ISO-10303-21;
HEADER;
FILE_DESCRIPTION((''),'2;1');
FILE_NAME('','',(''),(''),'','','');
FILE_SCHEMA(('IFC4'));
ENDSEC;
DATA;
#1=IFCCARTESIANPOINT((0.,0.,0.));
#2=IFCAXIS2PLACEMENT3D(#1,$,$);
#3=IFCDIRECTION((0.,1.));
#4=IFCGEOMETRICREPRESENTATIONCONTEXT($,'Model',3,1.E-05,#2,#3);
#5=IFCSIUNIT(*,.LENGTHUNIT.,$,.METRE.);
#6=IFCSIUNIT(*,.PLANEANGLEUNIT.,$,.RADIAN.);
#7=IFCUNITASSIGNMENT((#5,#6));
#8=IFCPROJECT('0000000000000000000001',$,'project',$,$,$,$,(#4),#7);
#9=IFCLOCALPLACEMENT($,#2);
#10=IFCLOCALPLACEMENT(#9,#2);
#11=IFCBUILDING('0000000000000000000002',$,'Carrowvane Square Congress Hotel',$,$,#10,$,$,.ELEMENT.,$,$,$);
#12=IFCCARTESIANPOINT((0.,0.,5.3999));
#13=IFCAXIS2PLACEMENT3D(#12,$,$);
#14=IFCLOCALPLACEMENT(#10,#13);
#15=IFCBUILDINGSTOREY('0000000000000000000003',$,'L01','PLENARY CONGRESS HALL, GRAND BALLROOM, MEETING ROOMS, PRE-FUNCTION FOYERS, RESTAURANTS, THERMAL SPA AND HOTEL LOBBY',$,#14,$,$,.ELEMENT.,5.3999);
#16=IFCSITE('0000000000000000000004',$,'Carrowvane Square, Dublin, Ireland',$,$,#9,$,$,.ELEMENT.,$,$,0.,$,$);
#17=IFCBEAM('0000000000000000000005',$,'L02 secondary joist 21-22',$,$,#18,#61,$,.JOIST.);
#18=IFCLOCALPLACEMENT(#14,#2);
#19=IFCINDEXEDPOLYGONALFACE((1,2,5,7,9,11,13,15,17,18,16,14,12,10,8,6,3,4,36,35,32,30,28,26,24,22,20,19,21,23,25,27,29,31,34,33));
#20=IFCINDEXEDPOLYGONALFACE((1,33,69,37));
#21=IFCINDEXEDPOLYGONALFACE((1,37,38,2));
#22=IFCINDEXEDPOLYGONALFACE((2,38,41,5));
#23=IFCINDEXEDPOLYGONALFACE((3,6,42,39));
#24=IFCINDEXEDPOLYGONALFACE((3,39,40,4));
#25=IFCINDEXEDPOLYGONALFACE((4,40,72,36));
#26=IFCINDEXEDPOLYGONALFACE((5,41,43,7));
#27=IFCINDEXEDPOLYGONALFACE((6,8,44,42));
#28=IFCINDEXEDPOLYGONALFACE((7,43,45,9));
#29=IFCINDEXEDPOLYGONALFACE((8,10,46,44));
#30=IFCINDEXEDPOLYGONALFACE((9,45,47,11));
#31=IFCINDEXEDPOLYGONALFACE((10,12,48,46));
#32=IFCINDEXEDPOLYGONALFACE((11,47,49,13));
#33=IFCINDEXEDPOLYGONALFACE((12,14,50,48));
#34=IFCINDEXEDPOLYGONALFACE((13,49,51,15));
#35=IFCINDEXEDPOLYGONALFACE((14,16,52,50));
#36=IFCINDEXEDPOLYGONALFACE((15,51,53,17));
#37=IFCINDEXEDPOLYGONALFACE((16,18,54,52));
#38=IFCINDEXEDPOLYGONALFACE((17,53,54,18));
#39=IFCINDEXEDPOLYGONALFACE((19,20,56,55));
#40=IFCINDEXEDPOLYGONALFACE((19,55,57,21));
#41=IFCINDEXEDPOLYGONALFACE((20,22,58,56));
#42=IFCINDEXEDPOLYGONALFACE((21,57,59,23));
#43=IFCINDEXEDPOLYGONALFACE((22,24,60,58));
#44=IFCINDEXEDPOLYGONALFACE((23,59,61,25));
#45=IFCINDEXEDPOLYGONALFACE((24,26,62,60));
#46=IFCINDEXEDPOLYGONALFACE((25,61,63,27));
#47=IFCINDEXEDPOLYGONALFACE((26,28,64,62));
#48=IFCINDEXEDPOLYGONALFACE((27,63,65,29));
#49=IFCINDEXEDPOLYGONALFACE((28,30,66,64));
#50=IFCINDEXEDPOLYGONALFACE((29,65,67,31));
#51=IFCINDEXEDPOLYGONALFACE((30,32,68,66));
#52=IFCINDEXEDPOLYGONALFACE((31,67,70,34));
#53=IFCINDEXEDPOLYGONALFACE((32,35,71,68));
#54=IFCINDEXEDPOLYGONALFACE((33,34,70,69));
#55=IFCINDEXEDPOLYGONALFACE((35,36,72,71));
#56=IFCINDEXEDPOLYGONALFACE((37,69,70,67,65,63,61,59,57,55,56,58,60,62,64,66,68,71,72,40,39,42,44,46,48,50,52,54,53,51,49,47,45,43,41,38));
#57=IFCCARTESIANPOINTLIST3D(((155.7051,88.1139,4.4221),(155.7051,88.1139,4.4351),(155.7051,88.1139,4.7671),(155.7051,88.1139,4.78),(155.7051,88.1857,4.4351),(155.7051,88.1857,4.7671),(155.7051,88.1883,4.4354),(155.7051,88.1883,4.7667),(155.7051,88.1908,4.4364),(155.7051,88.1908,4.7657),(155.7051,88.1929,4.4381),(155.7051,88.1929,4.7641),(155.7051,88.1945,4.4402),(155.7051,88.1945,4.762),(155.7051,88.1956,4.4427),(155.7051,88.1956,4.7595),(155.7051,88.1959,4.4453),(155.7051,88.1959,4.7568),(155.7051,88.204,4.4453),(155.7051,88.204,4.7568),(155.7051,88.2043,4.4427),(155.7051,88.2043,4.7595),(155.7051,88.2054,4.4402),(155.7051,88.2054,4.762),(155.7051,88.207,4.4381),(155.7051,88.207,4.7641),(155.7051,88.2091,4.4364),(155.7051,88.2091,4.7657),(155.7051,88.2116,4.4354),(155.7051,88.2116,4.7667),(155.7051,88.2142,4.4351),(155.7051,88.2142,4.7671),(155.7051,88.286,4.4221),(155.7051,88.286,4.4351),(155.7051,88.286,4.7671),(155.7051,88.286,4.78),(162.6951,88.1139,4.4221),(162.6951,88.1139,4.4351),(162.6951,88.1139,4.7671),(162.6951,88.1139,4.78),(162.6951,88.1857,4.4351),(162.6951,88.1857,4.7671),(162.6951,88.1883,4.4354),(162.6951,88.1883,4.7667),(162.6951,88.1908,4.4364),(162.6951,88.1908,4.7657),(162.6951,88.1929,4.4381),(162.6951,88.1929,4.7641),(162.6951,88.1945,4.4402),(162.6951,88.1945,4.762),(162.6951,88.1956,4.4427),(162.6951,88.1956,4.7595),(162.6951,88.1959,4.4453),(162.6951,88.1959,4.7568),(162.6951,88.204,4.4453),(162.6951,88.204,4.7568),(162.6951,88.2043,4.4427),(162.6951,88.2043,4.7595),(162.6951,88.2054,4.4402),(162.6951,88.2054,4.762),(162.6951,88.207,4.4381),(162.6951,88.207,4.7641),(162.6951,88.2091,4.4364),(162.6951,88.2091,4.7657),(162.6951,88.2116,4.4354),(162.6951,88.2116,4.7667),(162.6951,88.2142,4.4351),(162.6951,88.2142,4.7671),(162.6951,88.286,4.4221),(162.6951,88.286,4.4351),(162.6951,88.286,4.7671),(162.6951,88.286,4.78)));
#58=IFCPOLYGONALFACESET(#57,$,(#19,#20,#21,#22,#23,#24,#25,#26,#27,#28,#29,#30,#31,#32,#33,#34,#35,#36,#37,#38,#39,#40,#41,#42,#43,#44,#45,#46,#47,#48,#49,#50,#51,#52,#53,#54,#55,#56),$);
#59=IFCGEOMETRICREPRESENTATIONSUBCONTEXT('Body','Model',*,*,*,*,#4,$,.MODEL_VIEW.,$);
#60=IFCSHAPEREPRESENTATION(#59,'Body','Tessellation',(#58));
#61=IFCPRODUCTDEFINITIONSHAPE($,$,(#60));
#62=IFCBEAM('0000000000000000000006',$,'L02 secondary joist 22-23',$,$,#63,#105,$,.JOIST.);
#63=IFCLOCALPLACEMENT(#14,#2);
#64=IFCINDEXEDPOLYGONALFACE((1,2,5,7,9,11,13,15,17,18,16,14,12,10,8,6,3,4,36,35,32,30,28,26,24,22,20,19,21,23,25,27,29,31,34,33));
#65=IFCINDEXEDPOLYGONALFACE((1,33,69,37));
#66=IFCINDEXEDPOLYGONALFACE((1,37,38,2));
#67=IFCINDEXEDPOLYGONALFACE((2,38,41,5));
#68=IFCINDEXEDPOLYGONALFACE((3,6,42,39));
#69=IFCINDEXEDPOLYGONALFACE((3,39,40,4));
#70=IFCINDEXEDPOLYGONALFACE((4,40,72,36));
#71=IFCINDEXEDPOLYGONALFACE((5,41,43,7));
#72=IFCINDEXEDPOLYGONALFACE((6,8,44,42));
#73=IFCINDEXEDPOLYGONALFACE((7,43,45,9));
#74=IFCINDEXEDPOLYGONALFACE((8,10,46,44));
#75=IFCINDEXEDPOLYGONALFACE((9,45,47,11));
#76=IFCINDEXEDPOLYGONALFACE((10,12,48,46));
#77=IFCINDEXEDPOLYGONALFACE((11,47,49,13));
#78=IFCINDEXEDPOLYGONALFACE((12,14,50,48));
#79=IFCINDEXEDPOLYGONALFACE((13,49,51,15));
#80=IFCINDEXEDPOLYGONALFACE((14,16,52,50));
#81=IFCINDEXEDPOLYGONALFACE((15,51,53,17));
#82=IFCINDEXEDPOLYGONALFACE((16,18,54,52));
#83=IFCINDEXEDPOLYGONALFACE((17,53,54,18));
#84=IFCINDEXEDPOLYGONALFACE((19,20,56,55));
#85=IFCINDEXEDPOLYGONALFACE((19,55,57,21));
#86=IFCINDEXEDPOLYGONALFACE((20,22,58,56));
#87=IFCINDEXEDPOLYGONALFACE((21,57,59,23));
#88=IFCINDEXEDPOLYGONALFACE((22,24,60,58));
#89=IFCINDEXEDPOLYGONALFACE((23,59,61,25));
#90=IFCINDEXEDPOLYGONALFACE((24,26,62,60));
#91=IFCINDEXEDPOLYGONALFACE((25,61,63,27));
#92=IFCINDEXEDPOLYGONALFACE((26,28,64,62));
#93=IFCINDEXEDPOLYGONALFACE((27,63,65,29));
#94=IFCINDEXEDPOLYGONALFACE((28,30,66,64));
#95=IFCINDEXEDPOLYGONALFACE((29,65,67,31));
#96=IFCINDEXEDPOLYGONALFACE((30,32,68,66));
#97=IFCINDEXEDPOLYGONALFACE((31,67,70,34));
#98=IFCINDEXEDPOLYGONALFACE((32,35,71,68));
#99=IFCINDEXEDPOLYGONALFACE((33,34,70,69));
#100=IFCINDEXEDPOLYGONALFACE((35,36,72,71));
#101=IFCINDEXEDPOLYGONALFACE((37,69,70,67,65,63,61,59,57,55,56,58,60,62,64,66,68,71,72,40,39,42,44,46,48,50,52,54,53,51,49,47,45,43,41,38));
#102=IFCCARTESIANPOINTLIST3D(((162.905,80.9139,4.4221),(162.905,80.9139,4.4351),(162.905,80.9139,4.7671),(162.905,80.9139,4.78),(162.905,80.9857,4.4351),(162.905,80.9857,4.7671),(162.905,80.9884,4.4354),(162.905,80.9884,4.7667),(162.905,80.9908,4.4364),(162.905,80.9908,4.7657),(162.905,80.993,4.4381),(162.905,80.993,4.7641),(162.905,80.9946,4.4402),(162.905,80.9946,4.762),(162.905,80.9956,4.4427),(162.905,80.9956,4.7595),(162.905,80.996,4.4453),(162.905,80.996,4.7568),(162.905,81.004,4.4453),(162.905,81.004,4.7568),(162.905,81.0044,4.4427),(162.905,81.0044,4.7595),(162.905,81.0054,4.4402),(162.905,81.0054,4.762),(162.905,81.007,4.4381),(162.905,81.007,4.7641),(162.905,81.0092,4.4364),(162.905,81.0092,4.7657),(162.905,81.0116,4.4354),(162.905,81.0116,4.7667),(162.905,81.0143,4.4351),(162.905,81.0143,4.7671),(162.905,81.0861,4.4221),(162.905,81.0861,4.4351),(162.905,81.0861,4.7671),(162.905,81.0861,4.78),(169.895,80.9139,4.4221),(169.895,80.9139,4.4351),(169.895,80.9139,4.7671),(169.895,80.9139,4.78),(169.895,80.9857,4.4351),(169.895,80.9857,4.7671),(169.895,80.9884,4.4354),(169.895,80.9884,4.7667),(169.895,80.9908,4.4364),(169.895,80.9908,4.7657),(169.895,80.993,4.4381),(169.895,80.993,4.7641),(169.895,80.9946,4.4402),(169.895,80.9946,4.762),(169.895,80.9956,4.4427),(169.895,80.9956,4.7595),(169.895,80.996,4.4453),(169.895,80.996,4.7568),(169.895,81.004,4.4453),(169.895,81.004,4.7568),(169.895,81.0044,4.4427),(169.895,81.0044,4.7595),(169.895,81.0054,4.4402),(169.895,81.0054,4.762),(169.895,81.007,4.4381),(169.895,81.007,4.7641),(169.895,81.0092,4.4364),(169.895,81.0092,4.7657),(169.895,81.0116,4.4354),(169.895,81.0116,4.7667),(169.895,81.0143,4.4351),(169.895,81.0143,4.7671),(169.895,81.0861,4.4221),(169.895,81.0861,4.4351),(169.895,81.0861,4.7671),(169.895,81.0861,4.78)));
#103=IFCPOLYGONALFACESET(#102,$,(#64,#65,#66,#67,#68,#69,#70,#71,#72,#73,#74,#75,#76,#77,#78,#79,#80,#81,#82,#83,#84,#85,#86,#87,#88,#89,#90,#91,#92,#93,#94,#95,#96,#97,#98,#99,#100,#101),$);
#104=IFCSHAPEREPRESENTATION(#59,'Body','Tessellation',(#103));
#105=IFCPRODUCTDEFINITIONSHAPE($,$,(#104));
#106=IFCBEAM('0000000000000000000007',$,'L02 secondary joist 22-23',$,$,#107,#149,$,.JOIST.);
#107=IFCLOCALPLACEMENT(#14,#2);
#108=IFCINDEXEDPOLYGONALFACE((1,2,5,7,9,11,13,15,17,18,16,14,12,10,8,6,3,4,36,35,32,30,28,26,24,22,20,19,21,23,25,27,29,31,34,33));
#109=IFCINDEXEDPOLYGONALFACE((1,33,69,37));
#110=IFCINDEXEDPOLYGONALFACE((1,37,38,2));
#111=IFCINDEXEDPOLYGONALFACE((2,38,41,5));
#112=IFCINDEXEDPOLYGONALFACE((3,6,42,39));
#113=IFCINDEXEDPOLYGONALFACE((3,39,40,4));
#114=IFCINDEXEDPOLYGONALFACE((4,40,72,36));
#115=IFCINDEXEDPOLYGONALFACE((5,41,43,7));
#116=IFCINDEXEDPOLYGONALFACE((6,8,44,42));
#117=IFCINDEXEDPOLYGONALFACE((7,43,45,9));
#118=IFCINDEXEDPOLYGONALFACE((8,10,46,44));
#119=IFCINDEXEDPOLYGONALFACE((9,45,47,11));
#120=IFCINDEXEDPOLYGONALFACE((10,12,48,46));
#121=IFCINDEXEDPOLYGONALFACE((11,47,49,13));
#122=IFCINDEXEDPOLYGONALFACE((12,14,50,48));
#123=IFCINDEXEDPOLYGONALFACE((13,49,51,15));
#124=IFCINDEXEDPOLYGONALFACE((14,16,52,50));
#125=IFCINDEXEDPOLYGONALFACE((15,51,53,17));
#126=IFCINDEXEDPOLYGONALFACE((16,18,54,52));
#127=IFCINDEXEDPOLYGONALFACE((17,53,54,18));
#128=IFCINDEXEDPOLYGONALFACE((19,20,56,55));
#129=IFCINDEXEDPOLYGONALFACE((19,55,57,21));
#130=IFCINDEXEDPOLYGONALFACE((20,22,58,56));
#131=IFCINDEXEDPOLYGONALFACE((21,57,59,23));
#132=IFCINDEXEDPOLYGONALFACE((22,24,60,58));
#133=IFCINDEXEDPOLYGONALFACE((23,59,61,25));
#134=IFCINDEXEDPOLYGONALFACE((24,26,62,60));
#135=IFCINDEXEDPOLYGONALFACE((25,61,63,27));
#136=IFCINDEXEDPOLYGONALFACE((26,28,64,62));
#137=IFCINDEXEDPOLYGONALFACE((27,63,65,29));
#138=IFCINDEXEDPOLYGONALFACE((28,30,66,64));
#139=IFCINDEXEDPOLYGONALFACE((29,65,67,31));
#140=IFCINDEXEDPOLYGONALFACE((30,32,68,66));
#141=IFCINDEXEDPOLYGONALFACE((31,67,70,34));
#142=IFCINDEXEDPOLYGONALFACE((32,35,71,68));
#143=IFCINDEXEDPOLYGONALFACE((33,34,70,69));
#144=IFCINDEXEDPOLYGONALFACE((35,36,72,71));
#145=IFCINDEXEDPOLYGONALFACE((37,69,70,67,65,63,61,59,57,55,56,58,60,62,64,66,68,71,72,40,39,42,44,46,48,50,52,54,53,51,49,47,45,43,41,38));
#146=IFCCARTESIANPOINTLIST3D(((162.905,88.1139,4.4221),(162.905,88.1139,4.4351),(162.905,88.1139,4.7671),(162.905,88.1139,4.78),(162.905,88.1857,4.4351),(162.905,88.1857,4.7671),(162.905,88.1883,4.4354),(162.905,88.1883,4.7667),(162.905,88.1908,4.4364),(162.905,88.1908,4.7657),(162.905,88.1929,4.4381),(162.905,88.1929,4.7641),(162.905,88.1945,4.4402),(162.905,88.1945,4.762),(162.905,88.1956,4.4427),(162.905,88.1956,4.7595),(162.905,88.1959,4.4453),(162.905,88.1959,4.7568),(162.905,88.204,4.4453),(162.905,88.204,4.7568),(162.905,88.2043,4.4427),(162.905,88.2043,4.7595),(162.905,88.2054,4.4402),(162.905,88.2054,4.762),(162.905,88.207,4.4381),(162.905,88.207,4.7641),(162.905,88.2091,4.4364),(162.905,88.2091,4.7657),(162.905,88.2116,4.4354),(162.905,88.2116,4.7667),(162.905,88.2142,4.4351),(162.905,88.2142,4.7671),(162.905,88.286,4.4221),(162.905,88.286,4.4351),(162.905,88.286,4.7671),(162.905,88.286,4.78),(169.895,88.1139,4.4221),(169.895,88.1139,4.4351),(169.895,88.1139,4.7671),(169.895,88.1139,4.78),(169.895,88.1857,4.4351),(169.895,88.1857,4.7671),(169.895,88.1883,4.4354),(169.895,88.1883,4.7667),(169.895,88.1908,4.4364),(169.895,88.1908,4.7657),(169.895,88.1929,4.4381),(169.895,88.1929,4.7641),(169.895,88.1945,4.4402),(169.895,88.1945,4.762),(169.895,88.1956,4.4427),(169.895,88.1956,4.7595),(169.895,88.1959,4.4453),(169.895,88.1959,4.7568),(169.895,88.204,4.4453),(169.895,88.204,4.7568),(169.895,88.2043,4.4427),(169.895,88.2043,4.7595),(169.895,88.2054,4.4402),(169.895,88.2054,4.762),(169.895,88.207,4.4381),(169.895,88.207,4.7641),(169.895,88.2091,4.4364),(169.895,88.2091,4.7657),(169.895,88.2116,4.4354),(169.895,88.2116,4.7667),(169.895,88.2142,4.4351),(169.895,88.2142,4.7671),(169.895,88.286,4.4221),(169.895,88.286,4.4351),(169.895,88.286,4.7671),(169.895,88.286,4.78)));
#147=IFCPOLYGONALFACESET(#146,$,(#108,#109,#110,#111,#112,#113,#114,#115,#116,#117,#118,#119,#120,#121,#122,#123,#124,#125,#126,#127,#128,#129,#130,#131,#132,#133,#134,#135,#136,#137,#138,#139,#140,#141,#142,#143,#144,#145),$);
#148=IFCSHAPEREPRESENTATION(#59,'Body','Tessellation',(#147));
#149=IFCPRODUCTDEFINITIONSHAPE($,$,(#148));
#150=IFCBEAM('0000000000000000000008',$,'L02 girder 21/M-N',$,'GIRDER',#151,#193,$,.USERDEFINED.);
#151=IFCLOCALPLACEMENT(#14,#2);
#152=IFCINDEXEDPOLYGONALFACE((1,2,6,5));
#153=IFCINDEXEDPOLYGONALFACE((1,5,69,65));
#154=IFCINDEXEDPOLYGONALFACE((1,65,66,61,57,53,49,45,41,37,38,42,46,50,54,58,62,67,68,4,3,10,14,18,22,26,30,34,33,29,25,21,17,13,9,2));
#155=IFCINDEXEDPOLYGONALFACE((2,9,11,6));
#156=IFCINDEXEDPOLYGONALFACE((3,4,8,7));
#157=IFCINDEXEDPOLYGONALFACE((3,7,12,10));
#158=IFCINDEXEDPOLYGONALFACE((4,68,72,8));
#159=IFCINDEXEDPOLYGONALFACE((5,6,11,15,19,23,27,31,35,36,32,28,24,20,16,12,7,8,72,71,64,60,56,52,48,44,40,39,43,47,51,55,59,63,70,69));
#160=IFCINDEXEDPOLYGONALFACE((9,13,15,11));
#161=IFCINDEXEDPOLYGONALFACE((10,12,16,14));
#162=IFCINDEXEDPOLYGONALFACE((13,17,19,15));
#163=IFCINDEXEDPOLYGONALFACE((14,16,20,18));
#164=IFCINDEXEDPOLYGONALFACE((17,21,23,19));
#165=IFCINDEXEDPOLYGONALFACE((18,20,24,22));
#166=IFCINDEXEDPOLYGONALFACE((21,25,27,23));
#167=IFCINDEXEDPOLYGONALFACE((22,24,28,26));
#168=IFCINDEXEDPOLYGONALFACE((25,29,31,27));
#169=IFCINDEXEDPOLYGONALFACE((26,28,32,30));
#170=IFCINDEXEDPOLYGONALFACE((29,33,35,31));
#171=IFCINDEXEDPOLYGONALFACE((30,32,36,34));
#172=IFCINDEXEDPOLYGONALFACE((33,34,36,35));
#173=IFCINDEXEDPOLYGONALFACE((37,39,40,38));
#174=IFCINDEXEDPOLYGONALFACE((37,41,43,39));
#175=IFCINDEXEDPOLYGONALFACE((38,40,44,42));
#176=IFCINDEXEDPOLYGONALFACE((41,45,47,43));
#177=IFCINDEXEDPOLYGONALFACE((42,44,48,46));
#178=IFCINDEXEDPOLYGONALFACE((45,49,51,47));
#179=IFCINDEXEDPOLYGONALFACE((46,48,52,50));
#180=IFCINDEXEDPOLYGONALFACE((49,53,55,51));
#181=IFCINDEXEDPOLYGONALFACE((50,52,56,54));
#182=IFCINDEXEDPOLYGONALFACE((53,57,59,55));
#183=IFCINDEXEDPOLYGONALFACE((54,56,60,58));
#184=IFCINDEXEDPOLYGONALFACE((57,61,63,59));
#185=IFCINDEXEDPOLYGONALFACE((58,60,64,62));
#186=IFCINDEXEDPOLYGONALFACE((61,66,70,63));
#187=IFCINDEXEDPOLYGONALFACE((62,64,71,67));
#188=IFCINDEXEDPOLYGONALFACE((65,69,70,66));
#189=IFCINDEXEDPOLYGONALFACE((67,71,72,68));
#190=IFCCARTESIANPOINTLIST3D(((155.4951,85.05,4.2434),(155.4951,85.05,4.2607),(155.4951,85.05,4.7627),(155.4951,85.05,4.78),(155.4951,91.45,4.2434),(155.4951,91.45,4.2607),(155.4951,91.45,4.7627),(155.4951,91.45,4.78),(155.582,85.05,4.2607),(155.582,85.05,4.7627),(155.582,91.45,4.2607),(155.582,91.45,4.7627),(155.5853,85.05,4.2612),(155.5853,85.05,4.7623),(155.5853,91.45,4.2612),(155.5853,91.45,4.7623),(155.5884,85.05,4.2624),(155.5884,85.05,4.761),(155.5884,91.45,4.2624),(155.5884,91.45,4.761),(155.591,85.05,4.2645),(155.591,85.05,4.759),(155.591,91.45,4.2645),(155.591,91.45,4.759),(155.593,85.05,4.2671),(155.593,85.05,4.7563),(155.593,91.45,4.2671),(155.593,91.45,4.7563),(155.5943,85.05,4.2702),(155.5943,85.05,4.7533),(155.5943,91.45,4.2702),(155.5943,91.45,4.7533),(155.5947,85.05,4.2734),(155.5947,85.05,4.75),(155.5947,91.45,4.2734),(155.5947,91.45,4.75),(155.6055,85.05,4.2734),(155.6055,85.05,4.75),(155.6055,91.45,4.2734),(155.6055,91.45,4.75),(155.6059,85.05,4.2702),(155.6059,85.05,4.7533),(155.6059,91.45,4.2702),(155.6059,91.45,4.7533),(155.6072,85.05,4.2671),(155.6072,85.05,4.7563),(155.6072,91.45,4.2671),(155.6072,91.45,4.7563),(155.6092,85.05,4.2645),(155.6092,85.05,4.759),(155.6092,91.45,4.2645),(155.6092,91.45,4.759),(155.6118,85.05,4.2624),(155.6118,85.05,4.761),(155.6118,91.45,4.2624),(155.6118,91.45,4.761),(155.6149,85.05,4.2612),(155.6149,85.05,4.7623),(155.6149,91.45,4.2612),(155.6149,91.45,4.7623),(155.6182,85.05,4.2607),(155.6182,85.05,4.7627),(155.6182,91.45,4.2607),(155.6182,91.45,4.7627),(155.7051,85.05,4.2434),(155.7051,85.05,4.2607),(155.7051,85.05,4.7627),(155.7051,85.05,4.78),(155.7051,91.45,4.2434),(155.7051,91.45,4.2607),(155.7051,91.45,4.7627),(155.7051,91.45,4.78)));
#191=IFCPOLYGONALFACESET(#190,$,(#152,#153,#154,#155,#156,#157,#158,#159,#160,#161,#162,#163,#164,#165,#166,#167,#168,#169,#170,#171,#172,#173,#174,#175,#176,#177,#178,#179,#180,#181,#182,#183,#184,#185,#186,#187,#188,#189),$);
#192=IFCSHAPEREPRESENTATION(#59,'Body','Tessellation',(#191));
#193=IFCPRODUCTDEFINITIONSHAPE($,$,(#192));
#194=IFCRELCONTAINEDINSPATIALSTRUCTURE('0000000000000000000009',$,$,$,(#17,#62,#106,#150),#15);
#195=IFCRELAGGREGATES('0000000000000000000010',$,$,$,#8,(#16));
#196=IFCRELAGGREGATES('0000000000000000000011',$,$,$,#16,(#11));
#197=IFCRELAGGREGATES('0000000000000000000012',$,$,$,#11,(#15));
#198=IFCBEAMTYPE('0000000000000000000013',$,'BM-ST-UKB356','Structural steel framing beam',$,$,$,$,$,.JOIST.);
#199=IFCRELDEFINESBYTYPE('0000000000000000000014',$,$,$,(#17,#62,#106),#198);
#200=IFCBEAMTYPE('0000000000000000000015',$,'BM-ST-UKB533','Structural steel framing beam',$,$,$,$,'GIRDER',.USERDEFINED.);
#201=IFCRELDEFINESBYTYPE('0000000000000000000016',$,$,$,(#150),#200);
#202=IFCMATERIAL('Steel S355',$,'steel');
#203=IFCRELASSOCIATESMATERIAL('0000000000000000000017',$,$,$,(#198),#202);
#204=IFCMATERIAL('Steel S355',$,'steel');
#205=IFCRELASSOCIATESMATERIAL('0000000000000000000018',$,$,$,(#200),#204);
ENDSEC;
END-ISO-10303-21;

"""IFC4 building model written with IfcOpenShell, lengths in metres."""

from ifc_helpers import new_model, si_unit, direction, frame, origin, origin_2d, place, context, subcontext, project, spatial, i_section, extrude, material, material_profile, profile_set, type_object, element, save


model = new_model("IFC4")

# Units and contexts
model_context = context("Model", 3, precision=1e-05, world=origin(), true_north=direction((0.0, 1.0)))
body_context = subcontext(model_context, "Body", "Model", "MODEL_VIEW")
ifc_project = project(units=[si_unit("LENGTHUNIT", "METRE"), si_unit("PLANEANGLEUNIT", "RADIAN")], contexts=[model_context])

# Site, building, storey
site_placement = place(None, origin())
site = spatial("IfcSite", under=ifc_project, at=site_placement, Name="Carrowvane Square, Dublin, Ireland", CompositionType="ELEMENT", RefElevation=0.0)
building_placement = place(site_placement, origin())
building = spatial("IfcBuilding", under=site, at=building_placement, Name="Carrowvane Square Congress Hotel", CompositionType="ELEMENT")
storey_placement = place(building_placement, frame((0.0, 0.0, 5.3999)))
storey = spatial("IfcBuildingStorey", under=building, at=storey_placement, Name="L01", Description="PLENARY CONGRESS HALL, GRAND BALLROOM, MEETING ROOMS, PRE-FUNCTION FOYERS, RESTAURANTS, THERMAL SPA AND HOTEL LOBBY", CompositionType="ELEMENT", Elevation=5.3999)

# Beams
ifc_material_1 = material(Name="Steel S355", Category="steel")
ifc_material_profile_1 = material_profile(ifc_material_1, i_section(OverallWidth=0.1721, OverallDepth=0.3579, WebThickness=0.0081, FlangeThickness=0.0129, FilletRadius=0.0103, at=origin_2d()), Name="UKB 356x171x57")
ifc_profile_set_1 = profile_set([ifc_material_profile_1], Name="Steel S355")
beam_type_1 = type_object("IfcBeamType", Name="BM-ST-UKB356", Description="Structural steel framing beam", PredefinedType="JOIST", material=ifc_profile_set_1)
for number, where, z_axis, x_axis, name in (
    (1, (155.7051, 88.2, 4.6011), (1.0, 0.0, 0.0), (0.0, 1.0, 0.0), "L02 secondary joist 21-22"),
    (2, (162.905, 81.0, 4.6011), (1.0, 0.0, 0.0), (0.0, 1.0, 0.0), "L02 secondary joist 22-23"),
    (3, (162.905, 88.2, 4.6011), (1.0, 0.0, 0.0), (0.0, 1.0, 0.0), "L02 secondary joist 22-23"),
):
    element("IfcBeam", number, at=place(storey_placement, frame(where, z_axis=z_axis, x_axis=x_axis)), inside=storey, type_object=beam_type_1, Name=name, PredefinedType="JOIST", context=body_context, shape_type="SweptSolid", body=[
        extrude(i_section(OverallWidth=0.1721, OverallDepth=0.3579, WebThickness=0.0081, FlangeThickness=0.0129, FilletRadius=0.0103, at=origin_2d()), origin(), (0.0, 0.0, 1.0), 6.99),
    ])
ifc_material_2 = material(Name="Steel S355", Category="steel")
ifc_material_profile_2 = material_profile(ifc_material_2, i_section(OverallWidth=0.21, OverallDepth=0.5366, WebThickness=0.0107, FlangeThickness=0.0173, FilletRadius=0.0127, at=origin_2d()), Name="UKB 533x210x101")
ifc_profile_set_2 = profile_set([ifc_material_profile_2], Name="Steel S355")
beam_type_2 = type_object("IfcBeamType", Name="BM-ST-UKB533", Description="Structural steel framing beam", ElementType="GIRDER", PredefinedType="USERDEFINED", material=ifc_profile_set_2)
for number, where, z_axis, x_axis, name in (
    (4, (155.6001, 85.05, 4.5117), (0.0, 1.0, 0.0), (-1.0, 0.0, 0.0), "L02 girder 21/M-N"),
):
    element("IfcBeam", number, at=place(storey_placement, frame(where, z_axis=z_axis, x_axis=x_axis)), inside=storey, type_object=beam_type_2, Name=name, ObjectType="GIRDER", PredefinedType="USERDEFINED", context=body_context, shape_type="SweptSolid", body=[
        extrude(i_section(OverallWidth=0.21, OverallDepth=0.5366, WebThickness=0.0107, FlangeThickness=0.0173, FilletRadius=0.0127, at=origin_2d()), origin(), (0.0, 0.0, 1.0), 6.3999),
    ])

save(model, "model.ifc")
